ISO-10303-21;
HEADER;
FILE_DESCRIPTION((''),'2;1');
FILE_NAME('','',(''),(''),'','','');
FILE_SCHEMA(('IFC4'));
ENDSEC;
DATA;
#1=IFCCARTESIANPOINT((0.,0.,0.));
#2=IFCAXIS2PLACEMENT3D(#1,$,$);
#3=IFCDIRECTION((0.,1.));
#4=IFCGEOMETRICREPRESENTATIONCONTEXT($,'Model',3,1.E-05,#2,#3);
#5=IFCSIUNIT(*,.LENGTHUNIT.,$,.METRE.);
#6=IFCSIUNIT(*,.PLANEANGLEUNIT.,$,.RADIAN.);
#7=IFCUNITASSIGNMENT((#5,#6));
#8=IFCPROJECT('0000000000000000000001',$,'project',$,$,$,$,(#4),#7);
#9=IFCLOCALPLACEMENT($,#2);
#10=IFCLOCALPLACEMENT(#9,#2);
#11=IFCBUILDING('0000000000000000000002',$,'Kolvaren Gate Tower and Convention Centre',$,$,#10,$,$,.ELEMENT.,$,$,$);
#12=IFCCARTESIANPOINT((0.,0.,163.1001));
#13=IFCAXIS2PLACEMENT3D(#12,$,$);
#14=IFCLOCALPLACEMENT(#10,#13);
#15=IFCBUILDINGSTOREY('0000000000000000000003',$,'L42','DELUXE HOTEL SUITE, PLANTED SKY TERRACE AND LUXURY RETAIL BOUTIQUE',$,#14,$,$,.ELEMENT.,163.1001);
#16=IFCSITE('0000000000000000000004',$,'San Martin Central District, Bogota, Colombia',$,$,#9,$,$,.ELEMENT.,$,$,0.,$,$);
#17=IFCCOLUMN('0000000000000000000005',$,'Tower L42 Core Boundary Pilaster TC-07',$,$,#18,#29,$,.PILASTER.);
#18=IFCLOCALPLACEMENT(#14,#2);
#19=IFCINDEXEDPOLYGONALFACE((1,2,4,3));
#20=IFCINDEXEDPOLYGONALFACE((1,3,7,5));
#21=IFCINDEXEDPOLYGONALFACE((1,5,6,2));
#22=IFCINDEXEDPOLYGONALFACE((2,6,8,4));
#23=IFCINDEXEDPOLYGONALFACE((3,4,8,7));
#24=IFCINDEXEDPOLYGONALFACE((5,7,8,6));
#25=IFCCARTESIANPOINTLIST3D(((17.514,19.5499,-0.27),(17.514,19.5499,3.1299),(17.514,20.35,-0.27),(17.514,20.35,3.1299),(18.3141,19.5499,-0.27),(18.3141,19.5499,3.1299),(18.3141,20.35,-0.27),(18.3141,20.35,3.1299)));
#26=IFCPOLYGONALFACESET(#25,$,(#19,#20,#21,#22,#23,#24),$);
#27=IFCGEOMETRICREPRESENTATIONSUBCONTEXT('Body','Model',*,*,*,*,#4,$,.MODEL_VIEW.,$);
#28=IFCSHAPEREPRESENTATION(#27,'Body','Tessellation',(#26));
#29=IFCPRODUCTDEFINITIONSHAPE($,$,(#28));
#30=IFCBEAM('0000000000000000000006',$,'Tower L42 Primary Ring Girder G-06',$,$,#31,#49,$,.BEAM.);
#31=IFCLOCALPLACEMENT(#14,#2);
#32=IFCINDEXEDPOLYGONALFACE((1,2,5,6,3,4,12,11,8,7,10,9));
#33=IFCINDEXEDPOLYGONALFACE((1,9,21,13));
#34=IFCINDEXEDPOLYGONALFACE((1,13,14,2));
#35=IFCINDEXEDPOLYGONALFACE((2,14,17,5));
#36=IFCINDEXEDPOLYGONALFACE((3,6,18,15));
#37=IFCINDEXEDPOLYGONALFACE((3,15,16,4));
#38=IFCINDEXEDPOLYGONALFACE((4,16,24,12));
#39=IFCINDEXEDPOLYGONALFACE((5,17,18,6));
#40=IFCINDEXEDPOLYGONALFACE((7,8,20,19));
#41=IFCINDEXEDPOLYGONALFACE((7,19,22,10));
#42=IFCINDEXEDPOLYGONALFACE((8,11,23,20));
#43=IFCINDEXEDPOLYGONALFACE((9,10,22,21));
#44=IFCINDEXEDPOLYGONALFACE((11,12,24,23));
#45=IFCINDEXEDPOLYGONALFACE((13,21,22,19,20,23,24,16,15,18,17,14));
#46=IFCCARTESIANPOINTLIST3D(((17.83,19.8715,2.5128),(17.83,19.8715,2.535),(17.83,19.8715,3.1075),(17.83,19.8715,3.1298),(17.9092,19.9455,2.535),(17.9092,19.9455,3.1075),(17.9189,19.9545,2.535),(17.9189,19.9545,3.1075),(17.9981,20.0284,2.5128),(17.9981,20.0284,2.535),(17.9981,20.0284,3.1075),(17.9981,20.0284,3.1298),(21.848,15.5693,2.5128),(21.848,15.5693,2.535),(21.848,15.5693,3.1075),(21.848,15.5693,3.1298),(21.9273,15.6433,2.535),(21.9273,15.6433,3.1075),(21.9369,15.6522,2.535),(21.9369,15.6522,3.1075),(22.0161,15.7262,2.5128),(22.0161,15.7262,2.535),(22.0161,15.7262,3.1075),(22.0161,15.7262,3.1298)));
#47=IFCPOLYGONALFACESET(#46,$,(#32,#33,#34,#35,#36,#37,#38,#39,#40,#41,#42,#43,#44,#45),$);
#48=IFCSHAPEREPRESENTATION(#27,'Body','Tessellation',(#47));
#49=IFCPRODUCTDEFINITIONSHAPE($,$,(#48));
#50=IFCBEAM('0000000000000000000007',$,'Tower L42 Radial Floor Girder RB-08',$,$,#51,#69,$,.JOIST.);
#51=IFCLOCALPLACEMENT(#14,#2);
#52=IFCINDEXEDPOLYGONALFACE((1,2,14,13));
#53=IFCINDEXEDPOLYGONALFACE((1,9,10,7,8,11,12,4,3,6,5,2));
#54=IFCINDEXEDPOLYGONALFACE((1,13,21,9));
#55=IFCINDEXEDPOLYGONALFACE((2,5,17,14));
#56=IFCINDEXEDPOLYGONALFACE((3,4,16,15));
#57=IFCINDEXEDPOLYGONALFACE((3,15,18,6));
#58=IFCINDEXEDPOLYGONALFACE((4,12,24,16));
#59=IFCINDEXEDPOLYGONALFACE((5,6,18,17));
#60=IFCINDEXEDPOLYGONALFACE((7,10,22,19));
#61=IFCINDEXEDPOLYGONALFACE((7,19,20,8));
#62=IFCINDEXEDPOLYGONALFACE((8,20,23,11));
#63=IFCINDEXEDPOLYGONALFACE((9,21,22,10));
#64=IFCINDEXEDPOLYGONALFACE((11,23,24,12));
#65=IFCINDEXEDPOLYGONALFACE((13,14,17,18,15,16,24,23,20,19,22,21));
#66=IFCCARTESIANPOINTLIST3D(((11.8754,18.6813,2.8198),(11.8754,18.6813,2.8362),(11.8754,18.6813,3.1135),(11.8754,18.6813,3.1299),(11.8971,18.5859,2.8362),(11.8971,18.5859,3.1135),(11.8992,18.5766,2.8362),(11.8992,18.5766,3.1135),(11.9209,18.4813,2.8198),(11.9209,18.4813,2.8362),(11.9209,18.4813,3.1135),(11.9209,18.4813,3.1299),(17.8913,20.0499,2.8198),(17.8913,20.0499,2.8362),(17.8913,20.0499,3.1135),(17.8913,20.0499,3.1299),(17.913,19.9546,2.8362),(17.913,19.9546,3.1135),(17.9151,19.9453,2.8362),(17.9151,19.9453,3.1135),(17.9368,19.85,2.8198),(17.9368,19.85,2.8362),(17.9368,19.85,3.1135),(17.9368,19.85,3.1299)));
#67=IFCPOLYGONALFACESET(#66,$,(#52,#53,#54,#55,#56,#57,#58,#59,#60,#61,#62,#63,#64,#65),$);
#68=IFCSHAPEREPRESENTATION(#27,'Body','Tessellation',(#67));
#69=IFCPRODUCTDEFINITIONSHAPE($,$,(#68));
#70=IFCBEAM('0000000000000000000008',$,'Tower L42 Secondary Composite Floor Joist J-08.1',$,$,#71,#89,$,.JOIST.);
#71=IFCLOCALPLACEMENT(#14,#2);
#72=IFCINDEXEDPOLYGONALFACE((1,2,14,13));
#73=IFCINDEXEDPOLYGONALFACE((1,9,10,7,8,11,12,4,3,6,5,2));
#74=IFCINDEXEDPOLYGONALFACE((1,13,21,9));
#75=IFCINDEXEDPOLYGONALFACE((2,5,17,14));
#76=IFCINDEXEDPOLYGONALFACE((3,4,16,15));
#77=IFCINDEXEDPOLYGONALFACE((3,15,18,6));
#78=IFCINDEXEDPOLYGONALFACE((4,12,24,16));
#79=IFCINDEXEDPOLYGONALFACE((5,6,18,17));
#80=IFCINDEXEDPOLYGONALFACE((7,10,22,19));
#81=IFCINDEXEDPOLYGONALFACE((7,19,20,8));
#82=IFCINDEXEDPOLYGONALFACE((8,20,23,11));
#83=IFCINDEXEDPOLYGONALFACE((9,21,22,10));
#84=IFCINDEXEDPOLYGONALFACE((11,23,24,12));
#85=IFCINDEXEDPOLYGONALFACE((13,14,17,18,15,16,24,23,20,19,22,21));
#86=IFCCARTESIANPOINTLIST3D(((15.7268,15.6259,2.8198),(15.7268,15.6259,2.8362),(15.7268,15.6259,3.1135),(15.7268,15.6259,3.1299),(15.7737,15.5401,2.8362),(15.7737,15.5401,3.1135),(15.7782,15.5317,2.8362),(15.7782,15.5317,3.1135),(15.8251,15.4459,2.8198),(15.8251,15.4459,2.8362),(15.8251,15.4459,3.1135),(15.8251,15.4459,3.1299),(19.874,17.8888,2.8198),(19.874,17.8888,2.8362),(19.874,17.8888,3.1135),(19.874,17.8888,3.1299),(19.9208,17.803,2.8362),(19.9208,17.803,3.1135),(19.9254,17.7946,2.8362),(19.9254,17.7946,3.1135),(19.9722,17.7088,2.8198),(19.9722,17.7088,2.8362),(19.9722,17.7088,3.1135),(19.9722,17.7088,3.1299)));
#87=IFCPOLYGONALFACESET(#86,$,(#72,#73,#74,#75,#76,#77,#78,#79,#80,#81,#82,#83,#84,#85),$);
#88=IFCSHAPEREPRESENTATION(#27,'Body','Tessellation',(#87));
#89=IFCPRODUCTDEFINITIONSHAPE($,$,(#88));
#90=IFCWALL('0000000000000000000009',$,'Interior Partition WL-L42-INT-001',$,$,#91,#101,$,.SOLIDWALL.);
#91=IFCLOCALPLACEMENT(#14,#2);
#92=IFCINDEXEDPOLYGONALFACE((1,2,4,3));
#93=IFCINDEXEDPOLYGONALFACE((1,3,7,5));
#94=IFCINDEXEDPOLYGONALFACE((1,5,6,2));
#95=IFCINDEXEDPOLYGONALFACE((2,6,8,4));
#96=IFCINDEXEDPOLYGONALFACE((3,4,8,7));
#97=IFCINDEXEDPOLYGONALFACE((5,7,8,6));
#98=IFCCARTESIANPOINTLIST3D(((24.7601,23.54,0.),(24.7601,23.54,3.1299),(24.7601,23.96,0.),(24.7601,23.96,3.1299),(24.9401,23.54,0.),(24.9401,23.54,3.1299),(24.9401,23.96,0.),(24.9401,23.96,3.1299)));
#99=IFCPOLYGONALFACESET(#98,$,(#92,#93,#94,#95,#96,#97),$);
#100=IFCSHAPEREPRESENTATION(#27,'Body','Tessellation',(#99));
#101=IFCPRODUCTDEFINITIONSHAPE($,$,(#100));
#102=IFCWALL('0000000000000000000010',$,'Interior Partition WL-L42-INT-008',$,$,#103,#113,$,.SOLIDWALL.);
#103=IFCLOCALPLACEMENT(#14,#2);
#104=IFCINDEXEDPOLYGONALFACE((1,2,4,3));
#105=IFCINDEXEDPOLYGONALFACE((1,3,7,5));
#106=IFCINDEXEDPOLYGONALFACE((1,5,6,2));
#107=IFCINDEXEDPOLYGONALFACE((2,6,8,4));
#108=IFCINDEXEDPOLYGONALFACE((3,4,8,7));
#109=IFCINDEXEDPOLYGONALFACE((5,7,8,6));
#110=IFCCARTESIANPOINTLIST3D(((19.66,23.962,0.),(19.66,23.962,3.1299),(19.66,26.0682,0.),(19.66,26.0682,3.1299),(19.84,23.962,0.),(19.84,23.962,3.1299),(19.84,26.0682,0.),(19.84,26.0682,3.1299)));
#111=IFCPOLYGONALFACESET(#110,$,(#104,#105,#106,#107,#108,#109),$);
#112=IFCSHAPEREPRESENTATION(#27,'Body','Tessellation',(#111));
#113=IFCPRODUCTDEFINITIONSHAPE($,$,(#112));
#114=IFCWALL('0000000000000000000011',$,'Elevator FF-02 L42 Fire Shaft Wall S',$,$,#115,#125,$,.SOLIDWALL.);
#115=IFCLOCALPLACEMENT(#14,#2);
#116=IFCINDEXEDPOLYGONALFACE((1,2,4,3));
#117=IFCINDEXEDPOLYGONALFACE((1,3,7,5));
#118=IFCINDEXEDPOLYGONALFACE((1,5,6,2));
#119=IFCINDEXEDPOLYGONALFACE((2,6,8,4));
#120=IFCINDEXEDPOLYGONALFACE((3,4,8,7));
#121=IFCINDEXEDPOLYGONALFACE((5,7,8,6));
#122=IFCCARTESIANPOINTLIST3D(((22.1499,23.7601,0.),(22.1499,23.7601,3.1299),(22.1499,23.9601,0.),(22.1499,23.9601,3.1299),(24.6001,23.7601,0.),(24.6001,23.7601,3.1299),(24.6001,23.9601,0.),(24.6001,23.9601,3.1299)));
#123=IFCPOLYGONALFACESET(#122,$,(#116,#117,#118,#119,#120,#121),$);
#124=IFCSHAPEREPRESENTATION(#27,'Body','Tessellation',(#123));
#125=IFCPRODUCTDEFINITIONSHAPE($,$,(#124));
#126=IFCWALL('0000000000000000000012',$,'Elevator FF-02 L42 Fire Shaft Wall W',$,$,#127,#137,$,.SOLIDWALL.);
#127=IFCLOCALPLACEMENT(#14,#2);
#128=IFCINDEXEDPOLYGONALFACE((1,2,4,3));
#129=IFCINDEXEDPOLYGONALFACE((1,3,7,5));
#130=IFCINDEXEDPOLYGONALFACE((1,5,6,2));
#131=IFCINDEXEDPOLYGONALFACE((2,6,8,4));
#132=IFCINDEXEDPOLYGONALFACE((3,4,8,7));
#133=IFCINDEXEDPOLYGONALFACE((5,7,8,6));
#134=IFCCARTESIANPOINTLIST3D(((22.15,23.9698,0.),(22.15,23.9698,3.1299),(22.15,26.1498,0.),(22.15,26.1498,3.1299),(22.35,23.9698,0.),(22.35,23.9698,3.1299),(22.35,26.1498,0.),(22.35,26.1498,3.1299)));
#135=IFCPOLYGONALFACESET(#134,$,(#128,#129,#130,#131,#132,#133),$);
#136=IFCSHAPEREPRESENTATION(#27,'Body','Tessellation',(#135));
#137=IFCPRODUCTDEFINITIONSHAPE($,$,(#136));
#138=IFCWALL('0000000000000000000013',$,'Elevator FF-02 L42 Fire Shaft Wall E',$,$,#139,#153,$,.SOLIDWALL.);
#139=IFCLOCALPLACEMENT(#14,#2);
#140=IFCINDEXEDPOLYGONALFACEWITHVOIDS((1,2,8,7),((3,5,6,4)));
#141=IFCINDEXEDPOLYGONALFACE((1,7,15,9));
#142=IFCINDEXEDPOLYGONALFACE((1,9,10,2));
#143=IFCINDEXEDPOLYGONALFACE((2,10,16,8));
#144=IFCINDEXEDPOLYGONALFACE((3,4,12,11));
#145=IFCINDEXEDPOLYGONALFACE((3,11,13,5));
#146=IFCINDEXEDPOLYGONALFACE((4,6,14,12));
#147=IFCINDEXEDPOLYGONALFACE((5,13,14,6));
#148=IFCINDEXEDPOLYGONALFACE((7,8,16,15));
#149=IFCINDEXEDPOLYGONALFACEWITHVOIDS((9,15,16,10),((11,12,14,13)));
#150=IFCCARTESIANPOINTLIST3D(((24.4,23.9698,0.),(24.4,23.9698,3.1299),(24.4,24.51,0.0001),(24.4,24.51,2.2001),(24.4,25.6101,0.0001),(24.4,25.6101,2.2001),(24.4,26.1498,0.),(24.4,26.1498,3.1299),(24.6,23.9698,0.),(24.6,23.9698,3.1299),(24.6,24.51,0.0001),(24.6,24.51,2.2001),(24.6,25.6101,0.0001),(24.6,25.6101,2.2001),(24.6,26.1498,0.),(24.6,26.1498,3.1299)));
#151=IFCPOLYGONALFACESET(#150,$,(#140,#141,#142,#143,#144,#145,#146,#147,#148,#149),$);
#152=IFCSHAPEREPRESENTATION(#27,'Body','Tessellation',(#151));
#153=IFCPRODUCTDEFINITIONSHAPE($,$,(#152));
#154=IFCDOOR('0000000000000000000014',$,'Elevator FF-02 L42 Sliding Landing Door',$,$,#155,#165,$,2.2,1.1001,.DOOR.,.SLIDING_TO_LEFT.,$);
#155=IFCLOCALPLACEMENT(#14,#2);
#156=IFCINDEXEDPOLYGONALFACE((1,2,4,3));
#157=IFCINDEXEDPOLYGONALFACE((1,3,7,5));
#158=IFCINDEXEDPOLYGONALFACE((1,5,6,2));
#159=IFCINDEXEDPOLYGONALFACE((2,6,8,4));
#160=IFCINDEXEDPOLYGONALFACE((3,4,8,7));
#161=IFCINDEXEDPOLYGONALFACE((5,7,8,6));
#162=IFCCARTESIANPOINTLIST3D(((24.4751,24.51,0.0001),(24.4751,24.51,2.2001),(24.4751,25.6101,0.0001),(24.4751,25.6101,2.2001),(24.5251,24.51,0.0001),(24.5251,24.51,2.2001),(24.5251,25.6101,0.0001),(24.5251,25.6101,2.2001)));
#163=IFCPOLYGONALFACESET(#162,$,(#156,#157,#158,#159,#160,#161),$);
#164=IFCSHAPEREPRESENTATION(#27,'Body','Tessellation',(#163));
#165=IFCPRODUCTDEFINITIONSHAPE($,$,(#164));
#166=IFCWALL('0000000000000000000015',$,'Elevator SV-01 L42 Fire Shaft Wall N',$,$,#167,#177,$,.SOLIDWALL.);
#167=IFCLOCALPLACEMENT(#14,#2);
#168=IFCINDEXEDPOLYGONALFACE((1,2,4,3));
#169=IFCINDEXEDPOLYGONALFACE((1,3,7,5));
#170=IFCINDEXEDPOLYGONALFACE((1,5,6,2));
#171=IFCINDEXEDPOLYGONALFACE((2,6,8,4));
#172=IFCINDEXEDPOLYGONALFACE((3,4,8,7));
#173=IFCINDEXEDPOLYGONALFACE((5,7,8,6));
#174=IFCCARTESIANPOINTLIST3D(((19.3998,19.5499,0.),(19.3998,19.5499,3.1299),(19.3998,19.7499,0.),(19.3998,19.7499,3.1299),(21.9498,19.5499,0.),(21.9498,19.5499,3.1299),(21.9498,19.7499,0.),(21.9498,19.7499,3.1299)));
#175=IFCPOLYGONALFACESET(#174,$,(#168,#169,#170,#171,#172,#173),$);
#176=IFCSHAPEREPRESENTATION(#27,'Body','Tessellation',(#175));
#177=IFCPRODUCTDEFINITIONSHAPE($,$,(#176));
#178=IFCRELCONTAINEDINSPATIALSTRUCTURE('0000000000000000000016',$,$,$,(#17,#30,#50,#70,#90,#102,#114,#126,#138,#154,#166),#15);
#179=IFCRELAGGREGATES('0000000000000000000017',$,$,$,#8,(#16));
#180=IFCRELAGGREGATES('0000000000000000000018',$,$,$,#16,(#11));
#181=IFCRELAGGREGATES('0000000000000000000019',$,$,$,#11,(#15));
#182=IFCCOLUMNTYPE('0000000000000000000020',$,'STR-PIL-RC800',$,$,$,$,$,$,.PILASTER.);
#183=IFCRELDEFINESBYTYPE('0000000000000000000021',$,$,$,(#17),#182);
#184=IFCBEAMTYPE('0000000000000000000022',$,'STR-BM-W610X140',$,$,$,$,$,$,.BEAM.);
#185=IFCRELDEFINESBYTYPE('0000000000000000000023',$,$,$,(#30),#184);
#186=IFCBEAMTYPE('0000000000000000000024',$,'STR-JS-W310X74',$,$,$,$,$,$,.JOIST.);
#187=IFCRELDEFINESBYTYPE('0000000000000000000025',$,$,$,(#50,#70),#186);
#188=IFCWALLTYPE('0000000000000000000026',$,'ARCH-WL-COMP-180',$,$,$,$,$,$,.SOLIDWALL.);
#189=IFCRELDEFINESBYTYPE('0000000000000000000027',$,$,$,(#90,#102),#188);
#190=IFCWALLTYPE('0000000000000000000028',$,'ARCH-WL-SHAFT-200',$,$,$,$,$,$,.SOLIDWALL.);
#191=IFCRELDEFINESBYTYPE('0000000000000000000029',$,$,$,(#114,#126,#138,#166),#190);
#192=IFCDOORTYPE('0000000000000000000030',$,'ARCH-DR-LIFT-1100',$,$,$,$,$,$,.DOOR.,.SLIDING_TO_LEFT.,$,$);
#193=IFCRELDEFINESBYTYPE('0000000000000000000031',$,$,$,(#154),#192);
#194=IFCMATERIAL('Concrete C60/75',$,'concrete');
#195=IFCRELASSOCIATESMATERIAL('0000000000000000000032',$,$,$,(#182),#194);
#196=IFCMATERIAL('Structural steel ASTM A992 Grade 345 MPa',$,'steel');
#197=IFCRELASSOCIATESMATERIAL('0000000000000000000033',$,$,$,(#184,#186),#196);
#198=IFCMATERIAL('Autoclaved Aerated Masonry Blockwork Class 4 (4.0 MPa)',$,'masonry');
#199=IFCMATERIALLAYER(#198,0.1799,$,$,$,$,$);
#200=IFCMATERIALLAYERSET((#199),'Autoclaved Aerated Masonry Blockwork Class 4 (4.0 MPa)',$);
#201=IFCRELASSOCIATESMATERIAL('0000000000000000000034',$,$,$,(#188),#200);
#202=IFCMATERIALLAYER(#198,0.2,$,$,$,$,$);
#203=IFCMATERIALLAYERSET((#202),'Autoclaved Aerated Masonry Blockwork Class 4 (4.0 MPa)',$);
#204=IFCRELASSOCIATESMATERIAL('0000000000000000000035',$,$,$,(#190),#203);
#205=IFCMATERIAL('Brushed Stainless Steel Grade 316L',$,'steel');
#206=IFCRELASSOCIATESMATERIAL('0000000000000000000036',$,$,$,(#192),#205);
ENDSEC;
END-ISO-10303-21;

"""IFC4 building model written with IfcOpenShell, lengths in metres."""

from ifc_helpers import new_model, si_unit, direction, frame, frame_2d, origin, origin_2d, place, context, subcontext, project, spatial, rectangle, i_section, extrude, material, layer, layer_set, material_profile, profile_set, type_object, element, fill, save


model = new_model("IFC4")

# Units and contexts
model_context = context("Model", 3, precision=1e-05, world=origin(), true_north=direction((0.0, 1.0)))
body_context = subcontext(model_context, "Body", "Model", "MODEL_VIEW")
ifc_project = project(units=[si_unit("LENGTHUNIT", "METRE"), si_unit("PLANEANGLEUNIT", "RADIAN")], contexts=[model_context])

# Site, building, storey
site_placement = place(None, origin())
site = spatial("IfcSite", under=ifc_project, at=site_placement, Name="San Martin Central District, Bogota, Colombia", CompositionType="ELEMENT", RefElevation=0.0)
building_placement = place(site_placement, origin())
building = spatial("IfcBuilding", under=site, at=building_placement, Name="Kolvaren Gate Tower and Convention Centre", CompositionType="ELEMENT")
storey_placement = place(building_placement, frame((0.0, 0.0, 163.1001)))
storey = spatial("IfcBuildingStorey", under=building, at=storey_placement, Name="L42", Description="DELUXE HOTEL SUITE, PLANTED SKY TERRACE AND LUXURY RETAIL BOUTIQUE", CompositionType="ELEMENT", Elevation=163.1001)

# Column
ifc_material_1 = material(Name="Concrete C60/75", Category="concrete")
ifc_material_profile_1 = material_profile(ifc_material_1, rectangle(XDim=0.8, YDim=0.8, at=origin_2d()), Name="RC-COL-800X800")
ifc_profile_set_1 = profile_set([ifc_material_profile_1], Name="Concrete C60/75")
column_type = type_object("IfcColumnType", Name="STR-PIL-RC800", PredefinedType="PILASTER", material=ifc_profile_set_1)
column_placement = place(storey_placement, frame((17.9141, 19.95, -0.27), z_axis=(0.0, 0.0, 1.0), x_axis=(1.0, 0.0, 0.0)))
element("IfcColumn", 1, at=column_placement, inside=storey, type_object=column_type, Name="Tower L42 Core Boundary Pilaster TC-07", PredefinedType="PILASTER", context=body_context, shape_type="SweptSolid", body=[
    extrude(rectangle(XDim=0.8, YDim=0.8, at=origin_2d()), origin(), (0.0, 0.0, 1.0), 3.3999),
])

# Beams
ifc_material_2 = material(Name="Structural steel ASTM A992 Grade 345 MPa", Category="steel")
ifc_material_profile_2 = material_profile(ifc_material_2, i_section(OverallWidth=0.23, OverallDepth=0.6169, WebThickness=0.0132, FlangeThickness=0.0222, at=origin_2d()), Name="W610X140")
ifc_profile_set_2 = profile_set([ifc_material_profile_2], Name="Structural steel ASTM A992 Grade 345 MPa")
beam_type_1 = type_object("IfcBeamType", Name="STR-BM-W610X140", PredefinedType="BEAM", material=ifc_profile_set_2)
beam_1_placement = place(storey_placement, frame((17.9141, 19.95, 2.8213), z_axis=(0.682558, -0.730832, 0.0), x_axis=(0.730832, 0.682558, 0.0)))
element("IfcBeam", 2, at=beam_1_placement, inside=storey, type_object=beam_type_1, Name="Tower L42 Primary Ring Girder G-06", PredefinedType="BEAM", context=body_context, shape_type="SweptSolid", body=[
    extrude(i_section(OverallWidth=0.23, OverallDepth=0.6169, WebThickness=0.0132, FlangeThickness=0.0222, at=origin_2d()), origin(), (0.0, 0.0, 1.0), 5.8867),
])
ifc_material_profile_3 = material_profile(ifc_material_2, i_section(OverallWidth=0.2051, OverallDepth=0.3101, WebThickness=0.0095, FlangeThickness=0.0164, at=origin_2d()), Name="W310X74")
ifc_profile_set_3 = profile_set([ifc_material_profile_3], Name="Structural steel ASTM A992 Grade 345 MPa")
beam_type_2 = type_object("IfcBeamType", Name="STR-JS-W310X74", PredefinedType="JOIST", material=ifc_profile_set_3)
beam_2_placement = place(storey_placement, frame((17.9141, 19.95, 2.9749), z_axis=(-0.975083, -0.221838, 0.0), x_axis=(0.221838, -0.975083, 0.0)))
element("IfcBeam", 3, at=beam_2_placement, inside=storey, type_object=beam_type_2, Name="Tower L42 Radial Floor Girder RB-08", PredefinedType="JOIST", context=body_context, shape_type="SweptSolid", body=[
    extrude(i_section(OverallWidth=0.2051, OverallDepth=0.3101, WebThickness=0.0095, FlangeThickness=0.0164, at=origin_2d()), origin(), (0.0, 0.0, 1.0), 6.1697),
])
beam_3_placement = place(storey_placement, frame((19.9231, 17.7988, 2.9749), z_axis=(-0.877822, -0.478986, 0.0), x_axis=(0.478986, -0.877822, 0.0)))
element("IfcBeam", 4, at=beam_3_placement, inside=storey, type_object=beam_type_2, Name="Tower L42 Secondary Composite Floor Joist J-08.1", PredefinedType="JOIST", context=body_context, shape_type="SweptSolid", body=[
    extrude(i_section(OverallWidth=0.2051, OverallDepth=0.3101, WebThickness=0.0095, FlangeThickness=0.0164, at=origin_2d()), origin(), (0.0, 0.0, 1.0), 4.7244),
])

# Walls
ifc_material_3 = material(Name="Autoclaved Aerated Masonry Blockwork Class 4 (4.0 MPa)", Category="masonry")
ifc_layer_1 = layer(ifc_material_3, 0.1799)
ifc_layer_set_1 = layer_set([ifc_layer_1], Name="Autoclaved Aerated Masonry Blockwork Class 4 (4.0 MPa)")
wall_type_1 = type_object("IfcWallType", Name="ARCH-WL-COMP-180", PredefinedType="SOLIDWALL", material=ifc_layer_set_1)
wall_1_placement = place(storey_placement, frame((24.8501, 23.54, 0.0), z_axis=(0.0, 0.0, 1.0), x_axis=(0.0, 1.0, 0.0)))
element("IfcWall", 5, at=wall_1_placement, inside=storey, type_object=wall_type_1, Name="Interior Partition WL-L42-INT-001", PredefinedType="SOLIDWALL", context=body_context, shape_type="SweptSolid", body=[
    extrude(rectangle(XDim=0.4199, YDim=0.1799, at=frame_2d((0.21, 0.0))), origin(), (0.0, 0.0, 1.0), 3.1299),
])
wall_2_placement = place(storey_placement, frame((19.75, 23.9619, 0.0), z_axis=(0.0, 0.0, 1.0), x_axis=(0.0, 1.0, 0.0)))
element("IfcWall", 6, at=wall_2_placement, inside=storey, type_object=wall_type_1, Name="Interior Partition WL-L42-INT-008", PredefinedType="SOLIDWALL", context=body_context, shape_type="SweptSolid", body=[
    extrude(rectangle(XDim=2.1062, YDim=0.1799, at=frame_2d((1.0532, 0.0))), origin(), (0.0, 0.0, 1.0), 3.1299),
])
ifc_layer_2 = layer(ifc_material_3, 0.2)
ifc_layer_set_2 = layer_set([ifc_layer_2], Name="Autoclaved Aerated Masonry Blockwork Class 4 (4.0 MPa)")
wall_type_2 = type_object("IfcWallType", Name="ARCH-WL-SHAFT-200", PredefinedType="SOLIDWALL", material=ifc_layer_set_2)
wall_3_placement = place(storey_placement, frame((22.1499, 23.8601, 0.0), z_axis=(0.0, 0.0, 1.0), x_axis=(1.0, 0.0, 0.0)))
element("IfcWall", 7, at=wall_3_placement, inside=storey, type_object=wall_type_2, Name="Elevator FF-02 L42 Fire Shaft Wall S", PredefinedType="SOLIDWALL", context=body_context, shape_type="SweptSolid", body=[
    extrude(rectangle(XDim=2.4502, YDim=0.2, at=frame_2d((1.2251, 0.0))), origin(), (0.0, 0.0, 1.0), 3.1299),
])
wall_4_placement = place(storey_placement, frame((22.25, 23.97, 0.0), z_axis=(0.0, 0.0, 1.0), x_axis=(0.0, 1.0, 0.0)))
element("IfcWall", 8, at=wall_4_placement, inside=storey, type_object=wall_type_2, Name="Elevator FF-02 L42 Fire Shaft Wall W", PredefinedType="SOLIDWALL", context=body_context, shape_type="SweptSolid", body=[
    extrude(rectangle(XDim=2.1799, YDim=0.2, at=frame_2d((1.0898, 0.0))), origin(), (0.0, 0.0, 1.0), 3.1299),
])

# Wall, opening, door
wall_5_placement = place(storey_placement, frame((24.5, 23.97, 0.0), z_axis=(0.0, 0.0, 1.0), x_axis=(0.0, 1.0, 0.0)))
wall_5 = element("IfcWall", 9, at=wall_5_placement, inside=storey, type_object=wall_type_2, Name="Elevator FF-02 L42 Fire Shaft Wall E", PredefinedType="SOLIDWALL", context=body_context, shape_type="SweptSolid", body=[
    extrude(rectangle(XDim=2.1799, YDim=0.2, at=frame_2d((1.0898, 0.0))), origin(), (0.0, 0.0, 1.0), 3.1299),
])
opening_1_placement = place(wall_5_placement, frame((0.54, 0.0, 0.0)))
opening_1 = element("IfcOpeningElement", 10, at=opening_1_placement, cuts=wall_5, PredefinedType="OPENING", context=body_context, shape_type="SweptSolid", body=[
    extrude(rectangle(XDim=1.1001, YDim=2.2, at=frame_2d((0.55, 1.1001))), frame((0.0, 0.1099, 0.0), z_axis=(0.0, -1.0, 0.0), x_axis=(1.0, 0.0, 0.0)), (0.0, 0.0, 1.0), 0.22),
])
ifc_material_4 = material(Name="Brushed Stainless Steel Grade 316L", Category="steel")
door_type_1 = type_object("IfcDoorType", Name="ARCH-DR-LIFT-1100", OperationType="SLIDING_TO_LEFT", PredefinedType="DOOR", material=ifc_material_4)
door_1_placement = place(opening_1_placement, origin())
door_1 = element("IfcDoor", 11, at=door_1_placement, inside=storey, type_object=door_type_1, Name="Elevator FF-02 L42 Sliding Landing Door", OperationType="SLIDING_TO_LEFT", OverallHeight=2.2, OverallWidth=1.1001, PredefinedType="DOOR", context=body_context, shape_type="SweptSolid", body=[
    extrude(rectangle(XDim=1.1001, YDim=2.2, at=frame_2d((0.55, 1.1001))), frame((0.0, 0.0249, 0.0), z_axis=(0.0, -1.0, 0.0), x_axis=(1.0, 0.0, 0.0)), (0.0, 0.0, 1.0), 0.05),
])
fill(opening_1, door_1)

# Wall
wall_6_placement = place(storey_placement, frame((19.3999, 19.6499, 0.0), z_axis=(0.0, 0.0, 1.0), x_axis=(1.0, 0.0, 0.0)))
element("IfcWall", 12, at=wall_6_placement, inside=storey, type_object=wall_type_2, Name="Elevator SV-01 L42 Fire Shaft Wall N", PredefinedType="SOLIDWALL", context=body_context, shape_type="SweptSolid", body=[
    extrude(rectangle(XDim=2.55, YDim=0.2, at=frame_2d((1.2749, 0.0))), origin(), (0.0, 0.0, 1.0), 3.1299),
])

save(model, "model.ifc")
